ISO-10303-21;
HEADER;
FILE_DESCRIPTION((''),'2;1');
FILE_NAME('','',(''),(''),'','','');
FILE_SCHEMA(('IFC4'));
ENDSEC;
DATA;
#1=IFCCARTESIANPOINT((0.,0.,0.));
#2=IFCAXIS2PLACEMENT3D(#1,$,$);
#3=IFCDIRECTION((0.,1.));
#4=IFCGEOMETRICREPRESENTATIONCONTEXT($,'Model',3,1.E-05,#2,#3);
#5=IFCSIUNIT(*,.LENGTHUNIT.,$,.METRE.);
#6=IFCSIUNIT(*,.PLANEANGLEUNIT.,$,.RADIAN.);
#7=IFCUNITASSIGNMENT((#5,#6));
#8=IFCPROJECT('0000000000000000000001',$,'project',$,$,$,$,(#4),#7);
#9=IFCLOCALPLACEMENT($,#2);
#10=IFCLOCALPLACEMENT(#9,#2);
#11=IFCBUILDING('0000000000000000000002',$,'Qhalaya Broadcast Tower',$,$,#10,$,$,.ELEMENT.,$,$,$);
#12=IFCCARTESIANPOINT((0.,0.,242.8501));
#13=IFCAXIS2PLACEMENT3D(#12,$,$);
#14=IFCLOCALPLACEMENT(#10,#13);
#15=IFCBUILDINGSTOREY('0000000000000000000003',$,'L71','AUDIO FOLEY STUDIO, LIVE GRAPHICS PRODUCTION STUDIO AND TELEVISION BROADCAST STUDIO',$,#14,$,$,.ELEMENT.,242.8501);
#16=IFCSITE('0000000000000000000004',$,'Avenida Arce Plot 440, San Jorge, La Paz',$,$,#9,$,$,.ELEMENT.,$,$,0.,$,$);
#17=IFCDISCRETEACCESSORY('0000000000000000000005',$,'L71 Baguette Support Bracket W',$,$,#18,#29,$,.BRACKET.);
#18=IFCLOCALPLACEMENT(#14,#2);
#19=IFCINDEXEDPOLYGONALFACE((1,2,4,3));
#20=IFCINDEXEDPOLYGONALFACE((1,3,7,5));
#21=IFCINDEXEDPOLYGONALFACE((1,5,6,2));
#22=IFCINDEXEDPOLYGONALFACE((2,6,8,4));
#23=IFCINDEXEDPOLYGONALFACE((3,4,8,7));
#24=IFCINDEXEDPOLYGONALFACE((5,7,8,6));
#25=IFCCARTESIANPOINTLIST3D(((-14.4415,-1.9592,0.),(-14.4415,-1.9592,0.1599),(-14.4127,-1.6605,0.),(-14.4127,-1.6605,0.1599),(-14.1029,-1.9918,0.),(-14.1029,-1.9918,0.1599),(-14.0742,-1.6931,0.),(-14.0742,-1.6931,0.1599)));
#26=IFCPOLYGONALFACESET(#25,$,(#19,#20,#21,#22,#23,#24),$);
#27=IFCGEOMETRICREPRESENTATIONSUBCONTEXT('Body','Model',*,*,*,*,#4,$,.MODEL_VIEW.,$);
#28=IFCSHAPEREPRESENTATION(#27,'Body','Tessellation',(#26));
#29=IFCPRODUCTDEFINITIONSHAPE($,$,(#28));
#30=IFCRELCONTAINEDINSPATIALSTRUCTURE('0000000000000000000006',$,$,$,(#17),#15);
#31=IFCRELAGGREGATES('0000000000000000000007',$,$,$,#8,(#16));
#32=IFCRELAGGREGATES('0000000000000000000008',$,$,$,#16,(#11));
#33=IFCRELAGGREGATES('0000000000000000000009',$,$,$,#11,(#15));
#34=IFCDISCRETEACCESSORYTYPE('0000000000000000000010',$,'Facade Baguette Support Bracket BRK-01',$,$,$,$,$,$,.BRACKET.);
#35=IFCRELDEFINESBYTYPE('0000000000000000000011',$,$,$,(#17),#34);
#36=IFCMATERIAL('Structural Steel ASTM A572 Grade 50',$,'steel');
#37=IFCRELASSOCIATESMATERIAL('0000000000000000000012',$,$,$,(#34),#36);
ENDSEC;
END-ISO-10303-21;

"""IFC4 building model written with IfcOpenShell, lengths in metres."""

from ifc_helpers import new_model, si_unit, direction, frame, origin, origin_2d, place, context, subcontext, project, spatial, rectangle, extrude, material, type_object, element, save


model = new_model("IFC4")

# Units and contexts
model_context = context("Model", 3, precision=1e-05, world=origin(), true_north=direction((0.0, 1.0)))
body_context = subcontext(model_context, "Body", "Model", "MODEL_VIEW")
ifc_project = project(units=[si_unit("LENGTHUNIT", "METRE"), si_unit("PLANEANGLEUNIT", "RADIAN")], contexts=[model_context])

# Site, building, storey
site_placement = place(None, origin())
site = spatial("IfcSite", under=ifc_project, at=site_placement, Name="Avenida Arce Plot 440, San Jorge, La Paz", CompositionType="ELEMENT", RefElevation=0.0)
building_placement = place(site_placement, origin())
building = spatial("IfcBuilding", under=site, at=building_placement, Name="Qhalaya Broadcast Tower", CompositionType="ELEMENT")
storey_placement = place(building_placement, frame((0.0, 0.0, 242.8501)))
storey = spatial("IfcBuildingStorey", under=building, at=storey_placement, Name="L71", Description="AUDIO FOLEY STUDIO, LIVE GRAPHICS PRODUCTION STUDIO AND TELEVISION BROADCAST STUDIO", CompositionType="ELEMENT", Elevation=242.8501)

# Shared definitions
ifc_material_1 = material(Name="Structural Steel ASTM A572 Grade 50", Category="steel")

# Discrete accessory
discrete_accessory_type = type_object("IfcDiscreteAccessoryType", Name="Facade Baguette Support Bracket BRK-01", PredefinedType="BRACKET", material=ifc_material_1)
discrete_accessory_placement = place(storey_placement, frame((-14.2578, -1.8262, 0.0), z_axis=(0.0, 0.0, 1.0), x_axis=(-0.095846, -0.995396, 0.0)))
element("IfcDiscreteAccessory", 1, at=discrete_accessory_placement, inside=storey, type_object=discrete_accessory_type, Name="L71 Baguette Support Bracket W", PredefinedType="BRACKET", context=body_context, shape_type="SweptSolid", body=[
    extrude(rectangle(XDim=0.3, YDim=0.3401, at=origin_2d()), origin(), (0.0, 0.0, 1.0), 0.1599),
])

save(model, "model.ifc")
